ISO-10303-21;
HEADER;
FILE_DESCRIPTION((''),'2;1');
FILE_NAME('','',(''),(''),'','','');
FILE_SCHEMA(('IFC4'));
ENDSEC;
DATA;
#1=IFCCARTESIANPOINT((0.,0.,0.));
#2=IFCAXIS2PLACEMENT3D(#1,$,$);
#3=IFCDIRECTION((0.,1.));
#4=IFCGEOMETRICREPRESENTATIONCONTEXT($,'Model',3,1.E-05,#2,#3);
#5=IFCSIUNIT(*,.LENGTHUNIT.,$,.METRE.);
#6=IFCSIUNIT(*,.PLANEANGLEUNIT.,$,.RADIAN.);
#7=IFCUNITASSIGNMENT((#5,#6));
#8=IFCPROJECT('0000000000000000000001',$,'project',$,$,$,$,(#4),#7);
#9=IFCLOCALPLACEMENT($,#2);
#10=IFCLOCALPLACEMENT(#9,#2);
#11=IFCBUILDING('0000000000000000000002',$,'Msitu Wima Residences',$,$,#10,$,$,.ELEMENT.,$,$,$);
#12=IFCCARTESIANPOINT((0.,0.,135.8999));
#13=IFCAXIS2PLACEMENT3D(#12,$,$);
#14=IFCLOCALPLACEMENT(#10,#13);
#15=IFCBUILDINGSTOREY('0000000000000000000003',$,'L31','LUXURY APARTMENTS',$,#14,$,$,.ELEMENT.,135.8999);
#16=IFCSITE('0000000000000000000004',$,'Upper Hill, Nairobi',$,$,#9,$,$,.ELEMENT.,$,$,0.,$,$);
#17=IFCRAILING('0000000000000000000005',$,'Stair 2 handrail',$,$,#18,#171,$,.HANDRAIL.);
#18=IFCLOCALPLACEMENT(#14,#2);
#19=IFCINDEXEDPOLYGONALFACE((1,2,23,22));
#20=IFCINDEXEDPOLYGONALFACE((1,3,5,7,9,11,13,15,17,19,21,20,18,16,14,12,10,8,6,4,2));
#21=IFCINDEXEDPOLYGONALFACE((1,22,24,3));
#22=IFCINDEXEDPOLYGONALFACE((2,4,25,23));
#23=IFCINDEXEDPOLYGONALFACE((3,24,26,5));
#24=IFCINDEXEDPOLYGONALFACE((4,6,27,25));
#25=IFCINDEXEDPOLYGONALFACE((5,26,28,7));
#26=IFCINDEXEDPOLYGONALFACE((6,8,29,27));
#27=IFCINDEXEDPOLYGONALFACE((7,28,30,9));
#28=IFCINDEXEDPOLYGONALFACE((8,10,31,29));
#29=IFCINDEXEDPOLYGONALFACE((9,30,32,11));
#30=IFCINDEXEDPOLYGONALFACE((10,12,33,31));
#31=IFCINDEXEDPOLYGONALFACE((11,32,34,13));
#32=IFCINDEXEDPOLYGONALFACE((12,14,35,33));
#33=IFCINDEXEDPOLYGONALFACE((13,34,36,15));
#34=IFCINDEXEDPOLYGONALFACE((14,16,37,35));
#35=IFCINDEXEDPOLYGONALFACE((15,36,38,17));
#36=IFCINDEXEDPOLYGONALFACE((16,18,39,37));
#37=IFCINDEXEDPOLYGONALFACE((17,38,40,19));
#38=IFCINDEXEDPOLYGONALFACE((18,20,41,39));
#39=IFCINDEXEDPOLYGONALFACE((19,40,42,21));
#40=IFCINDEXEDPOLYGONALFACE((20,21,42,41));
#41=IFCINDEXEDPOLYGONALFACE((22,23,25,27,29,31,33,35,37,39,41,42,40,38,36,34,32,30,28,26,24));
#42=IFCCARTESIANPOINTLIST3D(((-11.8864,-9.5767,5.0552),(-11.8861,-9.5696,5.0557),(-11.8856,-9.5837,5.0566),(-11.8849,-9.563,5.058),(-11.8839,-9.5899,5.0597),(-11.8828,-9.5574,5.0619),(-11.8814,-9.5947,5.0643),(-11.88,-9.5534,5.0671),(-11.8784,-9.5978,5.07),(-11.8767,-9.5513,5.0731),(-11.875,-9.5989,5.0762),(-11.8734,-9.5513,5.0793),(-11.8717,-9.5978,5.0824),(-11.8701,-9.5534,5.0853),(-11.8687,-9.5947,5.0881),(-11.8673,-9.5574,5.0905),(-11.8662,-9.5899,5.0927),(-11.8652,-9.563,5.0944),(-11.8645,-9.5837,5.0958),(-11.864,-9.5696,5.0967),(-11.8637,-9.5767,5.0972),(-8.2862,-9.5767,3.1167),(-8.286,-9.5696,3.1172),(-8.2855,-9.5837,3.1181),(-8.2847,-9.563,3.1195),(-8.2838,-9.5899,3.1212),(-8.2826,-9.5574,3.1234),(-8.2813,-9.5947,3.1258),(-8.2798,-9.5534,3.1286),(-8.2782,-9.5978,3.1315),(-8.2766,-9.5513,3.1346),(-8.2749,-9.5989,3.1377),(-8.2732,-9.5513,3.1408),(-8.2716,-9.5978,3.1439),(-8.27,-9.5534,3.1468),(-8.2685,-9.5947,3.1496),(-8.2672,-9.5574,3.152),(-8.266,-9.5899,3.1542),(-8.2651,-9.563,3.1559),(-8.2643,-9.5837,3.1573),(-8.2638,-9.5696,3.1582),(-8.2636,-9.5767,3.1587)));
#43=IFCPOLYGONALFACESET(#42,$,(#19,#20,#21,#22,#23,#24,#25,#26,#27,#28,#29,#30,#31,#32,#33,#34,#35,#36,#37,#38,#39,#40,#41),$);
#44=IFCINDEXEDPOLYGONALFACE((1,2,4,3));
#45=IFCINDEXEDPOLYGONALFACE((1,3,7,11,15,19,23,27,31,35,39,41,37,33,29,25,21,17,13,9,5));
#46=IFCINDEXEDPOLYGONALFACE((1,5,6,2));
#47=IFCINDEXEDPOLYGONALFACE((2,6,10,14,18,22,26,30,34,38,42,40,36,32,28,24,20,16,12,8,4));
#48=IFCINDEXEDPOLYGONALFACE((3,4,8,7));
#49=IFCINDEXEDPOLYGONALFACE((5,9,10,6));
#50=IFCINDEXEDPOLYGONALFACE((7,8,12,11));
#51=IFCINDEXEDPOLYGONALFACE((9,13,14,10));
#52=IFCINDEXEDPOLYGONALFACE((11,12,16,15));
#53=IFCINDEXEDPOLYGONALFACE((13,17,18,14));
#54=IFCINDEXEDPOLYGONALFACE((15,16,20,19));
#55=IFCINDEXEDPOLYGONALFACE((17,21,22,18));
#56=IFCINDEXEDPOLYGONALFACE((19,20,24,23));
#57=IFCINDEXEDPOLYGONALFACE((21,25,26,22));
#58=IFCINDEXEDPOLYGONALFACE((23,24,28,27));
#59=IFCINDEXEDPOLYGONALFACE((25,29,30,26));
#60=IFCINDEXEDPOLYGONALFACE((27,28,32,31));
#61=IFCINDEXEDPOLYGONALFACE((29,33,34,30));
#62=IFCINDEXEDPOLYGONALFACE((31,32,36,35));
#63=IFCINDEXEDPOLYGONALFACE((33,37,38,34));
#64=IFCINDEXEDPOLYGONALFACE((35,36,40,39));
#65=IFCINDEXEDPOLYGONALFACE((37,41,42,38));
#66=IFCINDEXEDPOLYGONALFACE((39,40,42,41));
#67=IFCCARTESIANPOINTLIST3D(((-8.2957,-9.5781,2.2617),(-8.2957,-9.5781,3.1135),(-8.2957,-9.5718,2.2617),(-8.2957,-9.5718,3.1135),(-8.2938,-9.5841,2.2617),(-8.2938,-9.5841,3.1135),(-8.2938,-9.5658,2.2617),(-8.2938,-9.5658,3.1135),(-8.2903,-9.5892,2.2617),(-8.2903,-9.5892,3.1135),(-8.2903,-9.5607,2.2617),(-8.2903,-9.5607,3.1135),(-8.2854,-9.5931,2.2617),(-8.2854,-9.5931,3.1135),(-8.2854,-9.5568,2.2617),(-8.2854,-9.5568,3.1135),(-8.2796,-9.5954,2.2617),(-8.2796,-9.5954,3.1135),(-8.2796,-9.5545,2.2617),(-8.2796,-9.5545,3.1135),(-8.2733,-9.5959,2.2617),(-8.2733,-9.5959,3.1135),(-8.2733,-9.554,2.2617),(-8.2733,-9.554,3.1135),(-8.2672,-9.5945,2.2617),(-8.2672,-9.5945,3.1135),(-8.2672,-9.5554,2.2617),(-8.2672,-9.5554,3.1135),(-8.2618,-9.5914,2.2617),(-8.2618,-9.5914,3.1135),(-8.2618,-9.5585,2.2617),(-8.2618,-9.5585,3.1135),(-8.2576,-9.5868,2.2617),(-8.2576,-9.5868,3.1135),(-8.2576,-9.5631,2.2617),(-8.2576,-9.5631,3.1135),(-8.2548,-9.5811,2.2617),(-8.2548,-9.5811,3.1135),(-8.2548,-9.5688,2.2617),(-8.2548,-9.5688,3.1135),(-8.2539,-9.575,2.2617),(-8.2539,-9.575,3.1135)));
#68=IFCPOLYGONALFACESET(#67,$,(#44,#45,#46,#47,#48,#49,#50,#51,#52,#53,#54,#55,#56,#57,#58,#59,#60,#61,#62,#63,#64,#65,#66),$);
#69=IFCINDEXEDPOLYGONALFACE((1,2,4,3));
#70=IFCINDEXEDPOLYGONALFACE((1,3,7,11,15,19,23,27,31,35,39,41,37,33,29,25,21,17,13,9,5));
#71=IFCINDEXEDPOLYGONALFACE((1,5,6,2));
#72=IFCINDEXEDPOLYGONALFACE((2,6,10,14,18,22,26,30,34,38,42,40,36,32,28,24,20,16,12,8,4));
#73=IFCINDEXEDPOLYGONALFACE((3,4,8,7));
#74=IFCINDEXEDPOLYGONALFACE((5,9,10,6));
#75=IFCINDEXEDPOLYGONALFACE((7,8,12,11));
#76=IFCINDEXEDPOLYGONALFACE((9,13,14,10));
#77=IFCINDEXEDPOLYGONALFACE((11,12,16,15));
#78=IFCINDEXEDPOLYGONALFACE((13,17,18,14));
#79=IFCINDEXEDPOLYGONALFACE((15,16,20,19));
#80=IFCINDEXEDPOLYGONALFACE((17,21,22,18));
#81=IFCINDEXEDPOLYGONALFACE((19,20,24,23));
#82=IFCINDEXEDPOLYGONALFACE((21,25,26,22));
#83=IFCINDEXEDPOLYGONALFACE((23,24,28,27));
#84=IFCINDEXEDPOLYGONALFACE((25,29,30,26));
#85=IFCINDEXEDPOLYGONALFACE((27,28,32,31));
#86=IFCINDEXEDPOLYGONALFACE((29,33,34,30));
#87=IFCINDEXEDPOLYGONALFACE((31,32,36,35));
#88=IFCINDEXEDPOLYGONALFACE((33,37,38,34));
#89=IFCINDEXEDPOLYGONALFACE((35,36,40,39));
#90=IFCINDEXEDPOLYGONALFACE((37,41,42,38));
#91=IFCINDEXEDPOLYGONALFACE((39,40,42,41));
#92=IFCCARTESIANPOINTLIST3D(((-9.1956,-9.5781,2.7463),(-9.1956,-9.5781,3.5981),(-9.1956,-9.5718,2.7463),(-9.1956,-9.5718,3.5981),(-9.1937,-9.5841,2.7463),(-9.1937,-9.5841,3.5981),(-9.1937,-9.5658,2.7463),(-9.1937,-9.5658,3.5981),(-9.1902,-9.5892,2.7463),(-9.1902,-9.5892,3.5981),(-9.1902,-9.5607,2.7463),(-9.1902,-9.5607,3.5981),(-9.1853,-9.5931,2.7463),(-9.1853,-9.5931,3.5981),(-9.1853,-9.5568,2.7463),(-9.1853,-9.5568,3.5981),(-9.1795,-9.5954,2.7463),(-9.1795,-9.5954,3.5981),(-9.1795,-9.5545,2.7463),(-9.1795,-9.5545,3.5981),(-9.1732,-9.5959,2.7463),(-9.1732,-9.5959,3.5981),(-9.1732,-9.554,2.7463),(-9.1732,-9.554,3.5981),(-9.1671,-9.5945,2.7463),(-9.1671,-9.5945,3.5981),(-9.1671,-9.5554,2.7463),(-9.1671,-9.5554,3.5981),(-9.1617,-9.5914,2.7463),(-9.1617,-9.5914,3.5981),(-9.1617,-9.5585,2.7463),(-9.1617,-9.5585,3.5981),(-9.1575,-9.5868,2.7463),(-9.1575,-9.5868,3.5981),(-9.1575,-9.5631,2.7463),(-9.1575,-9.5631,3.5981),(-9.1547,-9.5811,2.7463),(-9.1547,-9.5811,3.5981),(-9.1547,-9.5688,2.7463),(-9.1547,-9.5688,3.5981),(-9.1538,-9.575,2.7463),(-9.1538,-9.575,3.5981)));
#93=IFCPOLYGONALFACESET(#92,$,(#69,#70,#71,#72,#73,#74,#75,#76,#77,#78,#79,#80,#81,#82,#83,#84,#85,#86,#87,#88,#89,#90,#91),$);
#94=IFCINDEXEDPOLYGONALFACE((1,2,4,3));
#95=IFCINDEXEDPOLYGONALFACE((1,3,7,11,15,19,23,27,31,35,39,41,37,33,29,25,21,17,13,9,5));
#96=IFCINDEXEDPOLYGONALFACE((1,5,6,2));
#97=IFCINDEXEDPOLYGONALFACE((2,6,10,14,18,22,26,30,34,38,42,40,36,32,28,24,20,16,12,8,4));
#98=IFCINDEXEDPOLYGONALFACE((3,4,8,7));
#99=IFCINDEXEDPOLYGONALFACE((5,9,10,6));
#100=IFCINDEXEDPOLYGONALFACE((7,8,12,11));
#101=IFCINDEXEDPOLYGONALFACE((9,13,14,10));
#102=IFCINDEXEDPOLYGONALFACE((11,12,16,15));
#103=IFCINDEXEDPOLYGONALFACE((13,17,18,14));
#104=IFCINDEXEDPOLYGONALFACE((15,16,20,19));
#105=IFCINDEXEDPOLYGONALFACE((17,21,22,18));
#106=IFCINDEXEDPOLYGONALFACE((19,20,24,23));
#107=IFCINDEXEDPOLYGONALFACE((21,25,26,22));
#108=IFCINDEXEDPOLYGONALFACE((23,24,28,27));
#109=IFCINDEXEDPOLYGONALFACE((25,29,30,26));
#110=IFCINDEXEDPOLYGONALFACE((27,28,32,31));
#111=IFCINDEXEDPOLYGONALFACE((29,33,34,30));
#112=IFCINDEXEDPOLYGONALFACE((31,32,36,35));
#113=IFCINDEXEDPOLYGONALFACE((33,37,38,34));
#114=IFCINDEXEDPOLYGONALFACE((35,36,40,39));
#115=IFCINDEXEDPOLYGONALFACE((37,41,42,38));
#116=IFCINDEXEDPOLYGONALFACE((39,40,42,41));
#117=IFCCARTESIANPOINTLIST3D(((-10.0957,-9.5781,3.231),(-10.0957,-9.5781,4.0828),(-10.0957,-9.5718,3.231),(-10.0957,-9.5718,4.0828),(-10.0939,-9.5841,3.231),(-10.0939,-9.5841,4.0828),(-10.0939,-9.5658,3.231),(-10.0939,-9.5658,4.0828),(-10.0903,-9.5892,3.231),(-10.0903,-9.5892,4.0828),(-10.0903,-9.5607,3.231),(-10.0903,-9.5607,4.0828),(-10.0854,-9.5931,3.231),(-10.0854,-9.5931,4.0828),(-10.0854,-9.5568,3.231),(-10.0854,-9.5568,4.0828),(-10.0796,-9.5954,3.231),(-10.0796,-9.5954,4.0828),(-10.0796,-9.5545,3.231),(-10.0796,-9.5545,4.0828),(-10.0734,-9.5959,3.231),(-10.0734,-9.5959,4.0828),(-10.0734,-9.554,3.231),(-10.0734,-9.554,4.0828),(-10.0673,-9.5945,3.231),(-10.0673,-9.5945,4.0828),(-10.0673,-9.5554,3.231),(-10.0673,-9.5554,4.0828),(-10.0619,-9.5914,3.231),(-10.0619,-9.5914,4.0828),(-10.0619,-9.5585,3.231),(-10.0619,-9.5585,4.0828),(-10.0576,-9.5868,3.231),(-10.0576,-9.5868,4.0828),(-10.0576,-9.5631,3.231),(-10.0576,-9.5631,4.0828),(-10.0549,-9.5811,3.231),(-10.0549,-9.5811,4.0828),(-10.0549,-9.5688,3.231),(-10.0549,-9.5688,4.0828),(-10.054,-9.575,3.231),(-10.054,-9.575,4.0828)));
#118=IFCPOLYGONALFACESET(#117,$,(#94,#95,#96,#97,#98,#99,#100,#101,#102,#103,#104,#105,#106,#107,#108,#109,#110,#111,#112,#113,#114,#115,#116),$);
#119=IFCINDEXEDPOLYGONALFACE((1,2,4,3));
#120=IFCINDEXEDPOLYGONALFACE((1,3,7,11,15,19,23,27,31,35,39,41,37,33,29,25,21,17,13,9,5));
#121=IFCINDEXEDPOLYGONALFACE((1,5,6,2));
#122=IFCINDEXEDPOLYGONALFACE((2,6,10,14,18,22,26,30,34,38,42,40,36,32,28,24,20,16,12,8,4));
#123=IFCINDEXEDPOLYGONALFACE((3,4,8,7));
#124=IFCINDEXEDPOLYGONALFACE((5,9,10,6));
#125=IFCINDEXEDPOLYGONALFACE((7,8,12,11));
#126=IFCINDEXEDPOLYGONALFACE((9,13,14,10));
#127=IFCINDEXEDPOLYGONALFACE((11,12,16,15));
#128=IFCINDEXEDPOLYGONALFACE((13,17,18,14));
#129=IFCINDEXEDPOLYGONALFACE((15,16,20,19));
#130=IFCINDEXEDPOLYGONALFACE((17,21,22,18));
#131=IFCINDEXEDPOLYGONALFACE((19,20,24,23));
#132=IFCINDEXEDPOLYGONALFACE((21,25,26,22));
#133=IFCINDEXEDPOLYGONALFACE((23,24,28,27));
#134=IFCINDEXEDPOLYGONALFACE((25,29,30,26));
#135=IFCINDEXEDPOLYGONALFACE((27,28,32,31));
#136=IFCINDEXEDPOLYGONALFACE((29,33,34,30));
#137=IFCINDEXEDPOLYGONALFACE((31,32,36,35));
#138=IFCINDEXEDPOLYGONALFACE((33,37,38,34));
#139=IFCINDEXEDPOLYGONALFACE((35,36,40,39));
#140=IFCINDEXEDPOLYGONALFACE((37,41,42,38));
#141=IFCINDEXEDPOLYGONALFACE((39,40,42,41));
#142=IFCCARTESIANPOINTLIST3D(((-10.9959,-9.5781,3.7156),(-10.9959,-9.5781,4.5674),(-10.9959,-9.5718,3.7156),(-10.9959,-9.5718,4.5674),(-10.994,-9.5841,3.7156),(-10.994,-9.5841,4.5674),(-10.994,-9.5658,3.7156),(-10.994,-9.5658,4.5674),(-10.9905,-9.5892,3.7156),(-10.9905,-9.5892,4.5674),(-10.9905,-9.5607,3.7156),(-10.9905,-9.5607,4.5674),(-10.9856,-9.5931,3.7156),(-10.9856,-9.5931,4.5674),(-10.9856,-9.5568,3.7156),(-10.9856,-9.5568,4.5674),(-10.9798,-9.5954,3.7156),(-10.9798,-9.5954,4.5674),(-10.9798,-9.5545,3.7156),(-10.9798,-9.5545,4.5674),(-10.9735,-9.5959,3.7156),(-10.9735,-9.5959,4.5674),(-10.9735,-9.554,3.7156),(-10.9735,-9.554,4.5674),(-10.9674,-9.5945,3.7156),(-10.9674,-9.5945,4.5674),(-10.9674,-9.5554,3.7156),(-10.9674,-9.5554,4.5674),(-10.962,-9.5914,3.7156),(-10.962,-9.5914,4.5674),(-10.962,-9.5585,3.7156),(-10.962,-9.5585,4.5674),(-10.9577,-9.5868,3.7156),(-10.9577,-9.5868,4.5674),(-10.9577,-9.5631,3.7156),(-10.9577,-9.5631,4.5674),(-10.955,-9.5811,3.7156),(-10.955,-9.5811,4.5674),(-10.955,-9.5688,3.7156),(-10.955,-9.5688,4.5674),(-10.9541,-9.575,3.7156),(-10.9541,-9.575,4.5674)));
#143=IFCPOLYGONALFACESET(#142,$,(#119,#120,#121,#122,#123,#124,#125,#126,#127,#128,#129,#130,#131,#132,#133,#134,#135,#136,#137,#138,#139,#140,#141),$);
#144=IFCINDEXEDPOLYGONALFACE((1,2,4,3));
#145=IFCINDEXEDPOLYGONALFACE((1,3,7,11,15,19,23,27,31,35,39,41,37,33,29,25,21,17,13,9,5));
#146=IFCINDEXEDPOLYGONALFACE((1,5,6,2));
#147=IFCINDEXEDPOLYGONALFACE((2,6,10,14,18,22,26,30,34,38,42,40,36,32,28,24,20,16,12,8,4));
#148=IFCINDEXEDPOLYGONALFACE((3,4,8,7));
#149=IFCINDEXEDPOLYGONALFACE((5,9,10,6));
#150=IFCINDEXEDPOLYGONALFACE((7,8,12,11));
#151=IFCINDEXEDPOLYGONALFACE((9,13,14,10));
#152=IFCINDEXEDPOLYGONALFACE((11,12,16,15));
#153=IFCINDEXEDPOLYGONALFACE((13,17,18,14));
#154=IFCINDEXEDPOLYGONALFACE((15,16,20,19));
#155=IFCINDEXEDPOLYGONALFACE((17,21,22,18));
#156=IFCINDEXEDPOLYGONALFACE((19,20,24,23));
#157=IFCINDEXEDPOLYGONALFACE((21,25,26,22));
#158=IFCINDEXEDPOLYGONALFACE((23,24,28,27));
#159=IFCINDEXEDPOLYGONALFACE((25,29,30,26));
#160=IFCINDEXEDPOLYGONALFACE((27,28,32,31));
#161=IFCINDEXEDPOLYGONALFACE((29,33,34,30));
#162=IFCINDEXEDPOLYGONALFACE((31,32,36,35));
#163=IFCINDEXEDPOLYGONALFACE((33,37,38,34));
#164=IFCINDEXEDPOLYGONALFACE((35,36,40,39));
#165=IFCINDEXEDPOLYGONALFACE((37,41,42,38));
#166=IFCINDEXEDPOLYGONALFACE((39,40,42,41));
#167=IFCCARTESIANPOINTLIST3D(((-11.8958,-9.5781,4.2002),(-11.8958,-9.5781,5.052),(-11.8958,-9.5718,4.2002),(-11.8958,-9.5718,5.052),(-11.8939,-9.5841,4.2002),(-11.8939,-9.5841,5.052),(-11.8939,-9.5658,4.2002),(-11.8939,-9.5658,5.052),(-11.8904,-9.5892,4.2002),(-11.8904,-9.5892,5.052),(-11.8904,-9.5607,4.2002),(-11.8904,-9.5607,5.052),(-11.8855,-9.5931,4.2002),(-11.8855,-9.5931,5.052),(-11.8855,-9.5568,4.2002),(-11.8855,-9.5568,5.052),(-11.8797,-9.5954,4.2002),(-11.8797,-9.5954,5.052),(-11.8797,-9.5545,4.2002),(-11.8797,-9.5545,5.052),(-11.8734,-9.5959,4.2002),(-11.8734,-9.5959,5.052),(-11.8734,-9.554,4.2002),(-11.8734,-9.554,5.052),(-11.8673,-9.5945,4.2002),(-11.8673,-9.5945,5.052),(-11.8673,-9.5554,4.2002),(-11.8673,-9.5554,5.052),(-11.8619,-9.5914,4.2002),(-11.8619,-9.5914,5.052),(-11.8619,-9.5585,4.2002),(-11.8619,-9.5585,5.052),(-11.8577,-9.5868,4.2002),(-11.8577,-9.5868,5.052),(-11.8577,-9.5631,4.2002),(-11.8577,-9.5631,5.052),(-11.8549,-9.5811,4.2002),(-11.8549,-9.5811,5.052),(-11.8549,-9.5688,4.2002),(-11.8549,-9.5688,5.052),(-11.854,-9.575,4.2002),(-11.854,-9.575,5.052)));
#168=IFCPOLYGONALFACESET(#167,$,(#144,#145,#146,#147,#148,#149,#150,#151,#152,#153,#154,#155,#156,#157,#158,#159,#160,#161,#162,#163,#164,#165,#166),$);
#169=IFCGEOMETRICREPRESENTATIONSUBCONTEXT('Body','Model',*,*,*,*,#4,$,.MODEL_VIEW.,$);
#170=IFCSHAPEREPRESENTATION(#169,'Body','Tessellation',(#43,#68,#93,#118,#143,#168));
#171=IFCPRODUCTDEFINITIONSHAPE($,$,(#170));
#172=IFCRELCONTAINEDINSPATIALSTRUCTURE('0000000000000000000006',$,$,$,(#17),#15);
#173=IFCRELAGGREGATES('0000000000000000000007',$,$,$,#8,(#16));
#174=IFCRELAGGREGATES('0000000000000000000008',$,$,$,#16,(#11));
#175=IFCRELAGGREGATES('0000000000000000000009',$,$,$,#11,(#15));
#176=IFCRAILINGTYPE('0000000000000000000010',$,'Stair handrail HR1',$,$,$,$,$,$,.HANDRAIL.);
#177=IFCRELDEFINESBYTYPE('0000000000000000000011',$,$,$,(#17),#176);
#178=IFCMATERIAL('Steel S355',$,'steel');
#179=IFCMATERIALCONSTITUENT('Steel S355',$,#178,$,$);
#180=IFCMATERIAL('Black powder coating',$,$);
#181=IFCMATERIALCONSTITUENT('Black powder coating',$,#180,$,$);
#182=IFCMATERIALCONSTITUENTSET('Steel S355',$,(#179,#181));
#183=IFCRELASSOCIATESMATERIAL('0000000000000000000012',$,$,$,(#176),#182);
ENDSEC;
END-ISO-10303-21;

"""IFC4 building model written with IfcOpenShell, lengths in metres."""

from ifc_helpers import new_model, si_unit, direction, frame, origin, origin_2d, place, context, subcontext, project, spatial, circle, extrude, material, constituent, constituent_set, type_object, element, save


model = new_model("IFC4")

# Units and contexts
model_context = context("Model", 3, precision=1e-05, world=origin(), true_north=direction((0.0, 1.0)))
body_context = subcontext(model_context, "Body", "Model", "MODEL_VIEW")
ifc_project = project(units=[si_unit("LENGTHUNIT", "METRE"), si_unit("PLANEANGLEUNIT", "RADIAN")], contexts=[model_context])

# Site, building, storey
site_placement = place(None, origin())
site = spatial("IfcSite", under=ifc_project, at=site_placement, Name="Upper Hill, Nairobi", CompositionType="ELEMENT", RefElevation=0.0)
building_placement = place(site_placement, origin())
building = spatial("IfcBuilding", under=site, at=building_placement, Name="Msitu Wima Residences", CompositionType="ELEMENT")
storey_placement = place(building_placement, frame((0.0, 0.0, 135.8999)))
storey = spatial("IfcBuildingStorey", under=building, at=storey_placement, Name="L31", Description="LUXURY APARTMENTS", CompositionType="ELEMENT", Elevation=135.8999)

# Railing
ifc_material_1 = material(Name="Steel S355", Category="steel")
ifc_constituent_1 = constituent(ifc_material_1, Name="Steel S355")
ifc_material_2 = material(Name="Black powder coating")
ifc_constituent_2 = constituent(ifc_material_2, Name="Black powder coating")
ifc_constituent_set = constituent_set(constituents=[ifc_constituent_1, ifc_constituent_2], Name="Steel S355")
railing_type = type_object("IfcRailingType", Name="Stair handrail HR1", PredefinedType="HANDRAIL", material=ifc_constituent_set)
for number, where, name in (
    (1, (-8.2749, -9.575, 2.2617), "Stair 2 handrail"),
):
    element("IfcRailing", number, at=place(storey_placement, frame(where)), inside=storey, type_object=railing_type, Name=name, PredefinedType="HANDRAIL", context=body_context, shape_type="SweptSolid", body=[
        extrude(circle(Radius=0.0239, at=origin_2d()), frame((0.0, 0.0, 0.876), z_axis=(-0.880475, 0.0, 0.474093), x_axis=(0.0, -1.0, 0.0)), (0.0, 0.0, 1.0), 4.0889),
        extrude(circle(Radius=0.021, at=origin_2d()), origin(), (0.0, 0.0, 1.0), 0.8518),
        extrude(circle(Radius=0.021, at=origin_2d()), frame((-0.8999, 0.0, 0.4846)), (0.0, 0.0, 1.0), 0.8518),
        extrude(circle(Radius=0.021, at=origin_2d()), frame((-1.8, 0.0, 0.9692)), (0.0, 0.0, 1.0), 0.8518),
        extrude(circle(Radius=0.021, at=origin_2d()), frame((-2.7002, 0.0, 1.4539)), (0.0, 0.0, 1.0), 0.8518),
        extrude(circle(Radius=0.021, at=origin_2d()), frame((-3.6001, 0.0, 1.9385)), (0.0, 0.0, 1.0), 0.8518),
    ])

save(model, "model.ifc")
